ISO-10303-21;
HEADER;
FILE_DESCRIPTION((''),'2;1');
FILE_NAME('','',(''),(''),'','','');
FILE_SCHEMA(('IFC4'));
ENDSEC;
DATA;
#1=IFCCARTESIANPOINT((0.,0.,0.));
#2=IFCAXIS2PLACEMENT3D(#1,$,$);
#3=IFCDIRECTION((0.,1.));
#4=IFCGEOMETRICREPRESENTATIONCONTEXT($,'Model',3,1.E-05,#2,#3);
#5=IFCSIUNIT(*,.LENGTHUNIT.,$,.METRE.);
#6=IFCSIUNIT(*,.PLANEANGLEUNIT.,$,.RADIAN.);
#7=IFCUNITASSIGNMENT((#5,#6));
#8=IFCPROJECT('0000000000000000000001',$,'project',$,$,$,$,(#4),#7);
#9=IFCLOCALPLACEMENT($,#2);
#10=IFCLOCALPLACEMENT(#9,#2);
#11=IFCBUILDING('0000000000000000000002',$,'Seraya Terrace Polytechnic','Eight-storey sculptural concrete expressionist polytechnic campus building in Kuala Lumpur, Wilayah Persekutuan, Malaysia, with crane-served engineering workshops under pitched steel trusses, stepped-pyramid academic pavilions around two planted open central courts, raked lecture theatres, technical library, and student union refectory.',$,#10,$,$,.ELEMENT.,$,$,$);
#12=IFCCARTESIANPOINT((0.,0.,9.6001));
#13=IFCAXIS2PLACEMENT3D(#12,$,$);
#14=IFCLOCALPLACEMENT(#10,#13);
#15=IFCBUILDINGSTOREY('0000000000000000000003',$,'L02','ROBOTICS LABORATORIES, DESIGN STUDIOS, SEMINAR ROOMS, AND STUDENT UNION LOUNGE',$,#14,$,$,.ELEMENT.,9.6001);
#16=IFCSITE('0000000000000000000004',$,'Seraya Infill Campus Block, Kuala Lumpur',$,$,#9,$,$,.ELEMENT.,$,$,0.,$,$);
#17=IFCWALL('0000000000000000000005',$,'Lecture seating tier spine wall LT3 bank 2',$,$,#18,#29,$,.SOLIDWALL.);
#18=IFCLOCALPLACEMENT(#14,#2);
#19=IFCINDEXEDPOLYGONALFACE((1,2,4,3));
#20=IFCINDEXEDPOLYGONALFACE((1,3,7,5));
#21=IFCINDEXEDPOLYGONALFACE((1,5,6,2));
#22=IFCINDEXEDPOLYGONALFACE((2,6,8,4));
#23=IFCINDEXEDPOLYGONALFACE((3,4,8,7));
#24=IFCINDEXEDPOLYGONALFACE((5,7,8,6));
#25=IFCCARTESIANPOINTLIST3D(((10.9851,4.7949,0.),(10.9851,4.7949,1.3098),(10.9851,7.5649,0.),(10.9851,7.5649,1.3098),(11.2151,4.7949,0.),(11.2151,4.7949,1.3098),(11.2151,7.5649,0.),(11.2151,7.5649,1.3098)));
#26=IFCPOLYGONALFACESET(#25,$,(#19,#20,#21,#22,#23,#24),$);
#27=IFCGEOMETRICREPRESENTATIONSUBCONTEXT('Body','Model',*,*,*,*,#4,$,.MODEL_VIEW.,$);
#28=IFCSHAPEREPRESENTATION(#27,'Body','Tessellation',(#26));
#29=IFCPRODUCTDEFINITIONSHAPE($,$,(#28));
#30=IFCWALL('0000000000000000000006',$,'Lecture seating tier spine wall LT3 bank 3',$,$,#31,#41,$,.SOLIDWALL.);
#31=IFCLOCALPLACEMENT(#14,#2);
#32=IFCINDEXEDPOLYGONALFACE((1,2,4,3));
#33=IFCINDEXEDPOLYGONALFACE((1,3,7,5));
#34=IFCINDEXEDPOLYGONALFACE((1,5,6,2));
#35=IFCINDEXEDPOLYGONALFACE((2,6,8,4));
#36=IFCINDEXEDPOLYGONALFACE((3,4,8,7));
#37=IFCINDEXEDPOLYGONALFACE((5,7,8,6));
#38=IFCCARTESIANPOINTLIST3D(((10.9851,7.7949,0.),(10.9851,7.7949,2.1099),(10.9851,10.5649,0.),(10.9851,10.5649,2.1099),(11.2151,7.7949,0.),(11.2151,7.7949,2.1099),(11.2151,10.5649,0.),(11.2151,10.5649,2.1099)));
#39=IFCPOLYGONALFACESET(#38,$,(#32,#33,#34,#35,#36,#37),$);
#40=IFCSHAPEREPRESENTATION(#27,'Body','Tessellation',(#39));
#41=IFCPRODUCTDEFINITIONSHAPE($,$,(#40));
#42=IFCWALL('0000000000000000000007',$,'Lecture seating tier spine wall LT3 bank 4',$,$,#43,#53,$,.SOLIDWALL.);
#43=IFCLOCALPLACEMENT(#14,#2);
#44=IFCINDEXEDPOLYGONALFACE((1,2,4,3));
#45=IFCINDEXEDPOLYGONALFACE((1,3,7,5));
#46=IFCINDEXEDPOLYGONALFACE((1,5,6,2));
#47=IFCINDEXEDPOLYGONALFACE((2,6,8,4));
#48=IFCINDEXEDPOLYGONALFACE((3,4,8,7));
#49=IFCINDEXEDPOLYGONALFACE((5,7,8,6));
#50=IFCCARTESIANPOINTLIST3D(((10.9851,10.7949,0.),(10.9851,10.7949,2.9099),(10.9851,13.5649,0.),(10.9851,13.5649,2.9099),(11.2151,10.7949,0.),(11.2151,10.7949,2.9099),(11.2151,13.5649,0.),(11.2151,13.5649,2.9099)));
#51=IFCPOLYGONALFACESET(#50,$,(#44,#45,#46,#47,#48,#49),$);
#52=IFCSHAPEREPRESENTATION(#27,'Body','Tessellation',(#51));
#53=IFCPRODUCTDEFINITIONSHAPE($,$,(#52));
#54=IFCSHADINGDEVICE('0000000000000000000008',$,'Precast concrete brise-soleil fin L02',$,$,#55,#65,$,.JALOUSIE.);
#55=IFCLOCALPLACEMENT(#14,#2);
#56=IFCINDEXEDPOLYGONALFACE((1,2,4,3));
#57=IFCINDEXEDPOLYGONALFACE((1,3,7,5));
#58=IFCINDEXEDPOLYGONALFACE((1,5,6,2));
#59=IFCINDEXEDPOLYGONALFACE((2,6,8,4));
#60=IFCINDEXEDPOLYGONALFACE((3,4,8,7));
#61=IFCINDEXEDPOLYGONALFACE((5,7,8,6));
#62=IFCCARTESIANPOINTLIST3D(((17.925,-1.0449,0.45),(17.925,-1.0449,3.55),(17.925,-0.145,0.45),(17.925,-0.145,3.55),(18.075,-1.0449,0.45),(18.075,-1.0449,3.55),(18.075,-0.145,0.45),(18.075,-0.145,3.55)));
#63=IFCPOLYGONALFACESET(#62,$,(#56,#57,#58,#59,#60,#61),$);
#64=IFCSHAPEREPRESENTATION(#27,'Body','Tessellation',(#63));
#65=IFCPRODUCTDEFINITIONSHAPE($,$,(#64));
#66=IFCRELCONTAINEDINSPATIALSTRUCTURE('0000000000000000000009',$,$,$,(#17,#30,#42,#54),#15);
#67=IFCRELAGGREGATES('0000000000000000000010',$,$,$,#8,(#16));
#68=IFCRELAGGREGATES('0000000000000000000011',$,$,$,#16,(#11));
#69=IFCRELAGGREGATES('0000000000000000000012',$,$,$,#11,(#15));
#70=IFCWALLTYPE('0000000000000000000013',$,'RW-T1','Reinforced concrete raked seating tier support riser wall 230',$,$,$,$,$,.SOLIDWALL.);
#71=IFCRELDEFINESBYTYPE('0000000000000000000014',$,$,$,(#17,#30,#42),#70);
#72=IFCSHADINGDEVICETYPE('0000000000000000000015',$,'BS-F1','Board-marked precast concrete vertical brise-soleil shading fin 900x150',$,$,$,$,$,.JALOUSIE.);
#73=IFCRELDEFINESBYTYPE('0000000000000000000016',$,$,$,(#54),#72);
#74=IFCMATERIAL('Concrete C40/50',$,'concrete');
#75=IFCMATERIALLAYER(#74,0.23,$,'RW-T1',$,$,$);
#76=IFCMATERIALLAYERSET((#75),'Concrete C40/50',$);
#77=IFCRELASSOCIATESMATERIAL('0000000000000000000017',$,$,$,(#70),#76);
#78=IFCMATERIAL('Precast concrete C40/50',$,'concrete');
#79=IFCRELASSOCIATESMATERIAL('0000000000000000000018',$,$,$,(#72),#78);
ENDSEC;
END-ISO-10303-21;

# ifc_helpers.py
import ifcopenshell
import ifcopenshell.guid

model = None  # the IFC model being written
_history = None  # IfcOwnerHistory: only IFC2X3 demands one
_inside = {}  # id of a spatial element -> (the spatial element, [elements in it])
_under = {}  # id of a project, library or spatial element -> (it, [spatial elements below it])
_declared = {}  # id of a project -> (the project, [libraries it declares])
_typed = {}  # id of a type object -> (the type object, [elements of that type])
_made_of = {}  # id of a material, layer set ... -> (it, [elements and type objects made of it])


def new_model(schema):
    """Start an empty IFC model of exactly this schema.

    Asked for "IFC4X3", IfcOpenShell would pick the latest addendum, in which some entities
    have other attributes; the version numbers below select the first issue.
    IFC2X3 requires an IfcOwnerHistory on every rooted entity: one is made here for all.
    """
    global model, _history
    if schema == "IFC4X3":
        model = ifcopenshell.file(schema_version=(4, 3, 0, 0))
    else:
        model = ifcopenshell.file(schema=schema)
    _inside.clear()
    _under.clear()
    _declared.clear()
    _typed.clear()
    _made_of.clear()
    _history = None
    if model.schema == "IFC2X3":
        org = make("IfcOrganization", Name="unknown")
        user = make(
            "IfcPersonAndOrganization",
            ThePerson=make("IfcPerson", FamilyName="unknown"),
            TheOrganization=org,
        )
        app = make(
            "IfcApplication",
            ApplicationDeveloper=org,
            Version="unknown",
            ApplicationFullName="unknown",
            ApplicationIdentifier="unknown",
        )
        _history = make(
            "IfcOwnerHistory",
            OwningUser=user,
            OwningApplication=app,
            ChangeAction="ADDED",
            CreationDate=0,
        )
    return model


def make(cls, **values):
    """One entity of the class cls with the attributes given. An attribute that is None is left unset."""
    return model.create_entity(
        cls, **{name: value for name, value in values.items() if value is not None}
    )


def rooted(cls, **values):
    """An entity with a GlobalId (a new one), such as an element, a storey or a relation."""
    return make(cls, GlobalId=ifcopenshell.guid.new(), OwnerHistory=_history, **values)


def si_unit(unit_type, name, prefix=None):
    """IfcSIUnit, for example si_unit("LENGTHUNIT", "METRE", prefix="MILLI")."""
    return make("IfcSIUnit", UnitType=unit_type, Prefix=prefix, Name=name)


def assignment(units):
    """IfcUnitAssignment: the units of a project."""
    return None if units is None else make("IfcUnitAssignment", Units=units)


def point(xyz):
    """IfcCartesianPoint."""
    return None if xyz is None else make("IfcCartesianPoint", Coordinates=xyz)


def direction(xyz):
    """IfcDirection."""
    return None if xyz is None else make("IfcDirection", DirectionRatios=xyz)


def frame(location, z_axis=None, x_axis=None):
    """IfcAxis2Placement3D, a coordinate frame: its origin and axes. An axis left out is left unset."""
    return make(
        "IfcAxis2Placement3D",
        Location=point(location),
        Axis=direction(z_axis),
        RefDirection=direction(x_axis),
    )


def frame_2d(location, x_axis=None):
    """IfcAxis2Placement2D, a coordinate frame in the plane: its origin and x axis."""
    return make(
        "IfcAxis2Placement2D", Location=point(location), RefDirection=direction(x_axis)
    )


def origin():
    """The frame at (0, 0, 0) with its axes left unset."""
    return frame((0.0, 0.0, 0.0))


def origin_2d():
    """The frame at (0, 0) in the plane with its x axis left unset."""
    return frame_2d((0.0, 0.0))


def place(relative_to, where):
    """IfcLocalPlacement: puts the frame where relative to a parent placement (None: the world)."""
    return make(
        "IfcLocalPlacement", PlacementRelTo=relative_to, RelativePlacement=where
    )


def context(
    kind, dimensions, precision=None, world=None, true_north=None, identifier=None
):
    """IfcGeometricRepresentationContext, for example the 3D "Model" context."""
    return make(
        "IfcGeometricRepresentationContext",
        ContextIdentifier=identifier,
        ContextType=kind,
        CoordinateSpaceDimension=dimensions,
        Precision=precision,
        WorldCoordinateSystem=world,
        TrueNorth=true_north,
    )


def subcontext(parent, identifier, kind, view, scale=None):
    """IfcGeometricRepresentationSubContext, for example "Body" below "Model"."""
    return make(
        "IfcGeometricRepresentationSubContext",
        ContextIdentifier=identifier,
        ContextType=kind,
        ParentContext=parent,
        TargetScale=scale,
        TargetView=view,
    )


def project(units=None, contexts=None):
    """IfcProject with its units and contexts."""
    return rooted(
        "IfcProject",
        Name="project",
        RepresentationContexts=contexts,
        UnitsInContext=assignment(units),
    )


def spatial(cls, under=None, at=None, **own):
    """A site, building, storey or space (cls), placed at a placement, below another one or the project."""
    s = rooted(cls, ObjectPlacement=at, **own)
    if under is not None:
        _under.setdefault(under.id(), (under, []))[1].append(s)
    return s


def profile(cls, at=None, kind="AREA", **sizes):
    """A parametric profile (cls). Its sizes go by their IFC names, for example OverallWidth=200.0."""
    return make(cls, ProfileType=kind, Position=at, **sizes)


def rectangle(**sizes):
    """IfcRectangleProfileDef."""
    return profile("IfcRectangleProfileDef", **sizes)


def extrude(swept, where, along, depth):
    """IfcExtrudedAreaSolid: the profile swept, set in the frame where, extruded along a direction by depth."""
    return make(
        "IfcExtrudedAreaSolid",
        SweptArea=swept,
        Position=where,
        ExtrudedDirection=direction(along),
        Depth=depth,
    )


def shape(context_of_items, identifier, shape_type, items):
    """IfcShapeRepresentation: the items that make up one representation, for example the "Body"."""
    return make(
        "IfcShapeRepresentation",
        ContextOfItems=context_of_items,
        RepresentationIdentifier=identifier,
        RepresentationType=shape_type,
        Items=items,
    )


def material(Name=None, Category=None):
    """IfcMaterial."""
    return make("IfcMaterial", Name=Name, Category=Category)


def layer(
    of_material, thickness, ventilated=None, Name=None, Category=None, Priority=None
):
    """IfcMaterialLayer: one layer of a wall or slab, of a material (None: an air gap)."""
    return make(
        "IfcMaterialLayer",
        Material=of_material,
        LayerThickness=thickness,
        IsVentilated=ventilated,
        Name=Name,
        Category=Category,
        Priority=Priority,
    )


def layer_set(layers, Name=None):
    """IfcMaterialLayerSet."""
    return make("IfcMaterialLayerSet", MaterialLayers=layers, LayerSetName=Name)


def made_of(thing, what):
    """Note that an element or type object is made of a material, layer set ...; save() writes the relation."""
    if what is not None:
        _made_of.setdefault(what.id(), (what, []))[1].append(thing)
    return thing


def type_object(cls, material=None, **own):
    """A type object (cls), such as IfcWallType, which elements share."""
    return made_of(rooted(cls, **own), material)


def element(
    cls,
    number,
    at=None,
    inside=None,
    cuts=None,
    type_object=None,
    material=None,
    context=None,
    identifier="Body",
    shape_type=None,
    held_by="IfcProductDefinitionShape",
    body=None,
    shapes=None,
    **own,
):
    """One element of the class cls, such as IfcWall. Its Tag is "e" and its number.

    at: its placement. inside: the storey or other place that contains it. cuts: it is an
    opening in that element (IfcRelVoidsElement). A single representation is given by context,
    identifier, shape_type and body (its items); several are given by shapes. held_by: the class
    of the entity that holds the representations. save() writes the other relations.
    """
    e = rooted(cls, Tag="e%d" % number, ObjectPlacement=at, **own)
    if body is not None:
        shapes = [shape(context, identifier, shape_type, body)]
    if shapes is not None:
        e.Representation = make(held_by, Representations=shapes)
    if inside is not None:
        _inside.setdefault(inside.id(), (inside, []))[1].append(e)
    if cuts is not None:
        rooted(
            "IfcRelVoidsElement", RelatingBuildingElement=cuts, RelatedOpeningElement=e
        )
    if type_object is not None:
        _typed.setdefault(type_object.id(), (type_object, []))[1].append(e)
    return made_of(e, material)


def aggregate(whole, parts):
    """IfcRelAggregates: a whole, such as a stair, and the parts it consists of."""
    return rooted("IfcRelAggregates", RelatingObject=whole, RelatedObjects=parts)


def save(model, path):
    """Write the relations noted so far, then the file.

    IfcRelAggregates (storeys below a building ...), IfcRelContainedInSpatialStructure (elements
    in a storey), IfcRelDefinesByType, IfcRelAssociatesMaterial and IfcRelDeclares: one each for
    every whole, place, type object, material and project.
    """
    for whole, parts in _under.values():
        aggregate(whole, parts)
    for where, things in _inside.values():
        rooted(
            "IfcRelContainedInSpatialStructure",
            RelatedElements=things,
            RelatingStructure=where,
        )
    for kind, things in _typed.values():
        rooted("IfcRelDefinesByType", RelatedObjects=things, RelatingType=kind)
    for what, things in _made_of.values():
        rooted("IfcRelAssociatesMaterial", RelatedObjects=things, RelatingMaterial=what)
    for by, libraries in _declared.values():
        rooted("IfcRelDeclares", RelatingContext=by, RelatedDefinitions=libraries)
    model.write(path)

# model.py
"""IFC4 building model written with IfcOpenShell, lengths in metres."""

from ifc_helpers import new_model, si_unit, direction, frame, frame_2d, origin, origin_2d, place, context, subcontext, project, spatial, rectangle, extrude, material, layer, layer_set, type_object, element, save


model = new_model("IFC4")

# Units and contexts
model_context = context("Model", 3, precision=1e-05, world=origin(), true_north=direction((0.0, 1.0)))
body_context = subcontext(model_context, "Body", "Model", "MODEL_VIEW")
ifc_project = project(units=[si_unit("LENGTHUNIT", "METRE"), si_unit("PLANEANGLEUNIT", "RADIAN")], contexts=[model_context])

# Site, building, storey
site_placement = place(None, origin())
site = spatial("IfcSite", under=ifc_project, at=site_placement, Name="Seraya Infill Campus Block, Kuala Lumpur", CompositionType="ELEMENT", RefElevation=0.0)
building_placement = place(site_placement, origin())
building = spatial("IfcBuilding", under=site, at=building_placement, Name="Seraya Terrace Polytechnic", Description="Eight-storey sculptural concrete expressionist polytechnic campus building in Kuala Lumpur, Wilayah Persekutuan, Malaysia, with crane-served engineering workshops under pitched steel trusses, stepped-pyramid academic pavilions around two planted open central courts, raked lecture theatres, technical library, and student union refectory.", CompositionType="ELEMENT")
storey_placement = place(building_placement, frame((0.0, 0.0, 9.6001)))
storey = spatial("IfcBuildingStorey", under=building, at=storey_placement, Name="L02", Description="ROBOTICS LABORATORIES, DESIGN STUDIOS, SEMINAR ROOMS, AND STUDENT UNION LOUNGE", CompositionType="ELEMENT", Elevation=9.6001)

# Shared definitions
ifc_material_1 = material(Name="Concrete C40/50", Category="concrete")

# Walls
ifc_layer_1 = layer(ifc_material_1, 0.23, Name="RW-T1")
ifc_layer_set_1 = layer_set([ifc_layer_1], Name="Concrete C40/50")
wall_type_1 = type_object("IfcWallType", Name="RW-T1", Description="Reinforced concrete raked seating tier support riser wall 230", PredefinedType="SOLIDWALL", material=ifc_layer_set_1)
wall_1_placement = place(storey_placement, frame((11.1001, 4.7949, 0.0), z_axis=(0.0, 0.0, 1.0), x_axis=(0.0, 1.0, 0.0)))
element("IfcWall", 1, at=wall_1_placement, inside=storey, type_object=wall_type_1, Name="Lecture seating tier spine wall LT3 bank 2", PredefinedType="SOLIDWALL", context=body_context, shape_type="SweptSolid", body=[
    extrude(rectangle(XDim=2.77, YDim=0.23, at=frame_2d((1.385, 0.0))), origin(), (0.0, 0.0, 1.0), 1.3098),
])
wall_2_placement = place(storey_placement, frame((11.1001, 7.7949, 0.0), z_axis=(0.0, 0.0, 1.0), x_axis=(0.0, 1.0, 0.0)))
element("IfcWall", 2, at=wall_2_placement, inside=storey, type_object=wall_type_1, Name="Lecture seating tier spine wall LT3 bank 3", PredefinedType="SOLIDWALL", context=body_context, shape_type="SweptSolid", body=[
    extrude(rectangle(XDim=2.77, YDim=0.23, at=frame_2d((1.385, 0.0))), origin(), (0.0, 0.0, 1.0), 2.1099),
])
wall_3_placement = place(storey_placement, frame((11.1001, 10.7949, 0.0), z_axis=(0.0, 0.0, 1.0), x_axis=(0.0, 1.0, 0.0)))
element("IfcWall", 3, at=wall_3_placement, inside=storey, type_object=wall_type_1, Name="Lecture seating tier spine wall LT3 bank 4", PredefinedType="SOLIDWALL", context=body_context, shape_type="SweptSolid", body=[
    extrude(rectangle(XDim=2.77, YDim=0.23, at=frame_2d((1.385, 0.0))), origin(), (0.0, 0.0, 1.0), 2.9099),
])

# Shading device
ifc_material_2 = material(Name="Precast concrete C40/50", Category="concrete")
shading_device_type = type_object("IfcShadingDeviceType", Name="BS-F1", Description="Board-marked precast concrete vertical brise-soleil shading fin 900x150", PredefinedType="JALOUSIE", material=ifc_material_2)
shading_device_placement = place(storey_placement, frame((18.0, -0.595, 0.45), z_axis=(0.0, 0.0, 1.0), x_axis=(0.0, -1.0, 0.0)))
element("IfcShadingDevice", 4, at=shading_device_placement, inside=storey, type_object=shading_device_type, Name="Precast concrete brise-soleil fin L02", PredefinedType="JALOUSIE", context=body_context, shape_type="SweptSolid", body=[
    extrude(rectangle(XDim=0.8999, YDim=0.1499, at=origin_2d()), origin(), (0.0, 0.0, 1.0), 3.1001),
])

save(model, "model.ifc")
